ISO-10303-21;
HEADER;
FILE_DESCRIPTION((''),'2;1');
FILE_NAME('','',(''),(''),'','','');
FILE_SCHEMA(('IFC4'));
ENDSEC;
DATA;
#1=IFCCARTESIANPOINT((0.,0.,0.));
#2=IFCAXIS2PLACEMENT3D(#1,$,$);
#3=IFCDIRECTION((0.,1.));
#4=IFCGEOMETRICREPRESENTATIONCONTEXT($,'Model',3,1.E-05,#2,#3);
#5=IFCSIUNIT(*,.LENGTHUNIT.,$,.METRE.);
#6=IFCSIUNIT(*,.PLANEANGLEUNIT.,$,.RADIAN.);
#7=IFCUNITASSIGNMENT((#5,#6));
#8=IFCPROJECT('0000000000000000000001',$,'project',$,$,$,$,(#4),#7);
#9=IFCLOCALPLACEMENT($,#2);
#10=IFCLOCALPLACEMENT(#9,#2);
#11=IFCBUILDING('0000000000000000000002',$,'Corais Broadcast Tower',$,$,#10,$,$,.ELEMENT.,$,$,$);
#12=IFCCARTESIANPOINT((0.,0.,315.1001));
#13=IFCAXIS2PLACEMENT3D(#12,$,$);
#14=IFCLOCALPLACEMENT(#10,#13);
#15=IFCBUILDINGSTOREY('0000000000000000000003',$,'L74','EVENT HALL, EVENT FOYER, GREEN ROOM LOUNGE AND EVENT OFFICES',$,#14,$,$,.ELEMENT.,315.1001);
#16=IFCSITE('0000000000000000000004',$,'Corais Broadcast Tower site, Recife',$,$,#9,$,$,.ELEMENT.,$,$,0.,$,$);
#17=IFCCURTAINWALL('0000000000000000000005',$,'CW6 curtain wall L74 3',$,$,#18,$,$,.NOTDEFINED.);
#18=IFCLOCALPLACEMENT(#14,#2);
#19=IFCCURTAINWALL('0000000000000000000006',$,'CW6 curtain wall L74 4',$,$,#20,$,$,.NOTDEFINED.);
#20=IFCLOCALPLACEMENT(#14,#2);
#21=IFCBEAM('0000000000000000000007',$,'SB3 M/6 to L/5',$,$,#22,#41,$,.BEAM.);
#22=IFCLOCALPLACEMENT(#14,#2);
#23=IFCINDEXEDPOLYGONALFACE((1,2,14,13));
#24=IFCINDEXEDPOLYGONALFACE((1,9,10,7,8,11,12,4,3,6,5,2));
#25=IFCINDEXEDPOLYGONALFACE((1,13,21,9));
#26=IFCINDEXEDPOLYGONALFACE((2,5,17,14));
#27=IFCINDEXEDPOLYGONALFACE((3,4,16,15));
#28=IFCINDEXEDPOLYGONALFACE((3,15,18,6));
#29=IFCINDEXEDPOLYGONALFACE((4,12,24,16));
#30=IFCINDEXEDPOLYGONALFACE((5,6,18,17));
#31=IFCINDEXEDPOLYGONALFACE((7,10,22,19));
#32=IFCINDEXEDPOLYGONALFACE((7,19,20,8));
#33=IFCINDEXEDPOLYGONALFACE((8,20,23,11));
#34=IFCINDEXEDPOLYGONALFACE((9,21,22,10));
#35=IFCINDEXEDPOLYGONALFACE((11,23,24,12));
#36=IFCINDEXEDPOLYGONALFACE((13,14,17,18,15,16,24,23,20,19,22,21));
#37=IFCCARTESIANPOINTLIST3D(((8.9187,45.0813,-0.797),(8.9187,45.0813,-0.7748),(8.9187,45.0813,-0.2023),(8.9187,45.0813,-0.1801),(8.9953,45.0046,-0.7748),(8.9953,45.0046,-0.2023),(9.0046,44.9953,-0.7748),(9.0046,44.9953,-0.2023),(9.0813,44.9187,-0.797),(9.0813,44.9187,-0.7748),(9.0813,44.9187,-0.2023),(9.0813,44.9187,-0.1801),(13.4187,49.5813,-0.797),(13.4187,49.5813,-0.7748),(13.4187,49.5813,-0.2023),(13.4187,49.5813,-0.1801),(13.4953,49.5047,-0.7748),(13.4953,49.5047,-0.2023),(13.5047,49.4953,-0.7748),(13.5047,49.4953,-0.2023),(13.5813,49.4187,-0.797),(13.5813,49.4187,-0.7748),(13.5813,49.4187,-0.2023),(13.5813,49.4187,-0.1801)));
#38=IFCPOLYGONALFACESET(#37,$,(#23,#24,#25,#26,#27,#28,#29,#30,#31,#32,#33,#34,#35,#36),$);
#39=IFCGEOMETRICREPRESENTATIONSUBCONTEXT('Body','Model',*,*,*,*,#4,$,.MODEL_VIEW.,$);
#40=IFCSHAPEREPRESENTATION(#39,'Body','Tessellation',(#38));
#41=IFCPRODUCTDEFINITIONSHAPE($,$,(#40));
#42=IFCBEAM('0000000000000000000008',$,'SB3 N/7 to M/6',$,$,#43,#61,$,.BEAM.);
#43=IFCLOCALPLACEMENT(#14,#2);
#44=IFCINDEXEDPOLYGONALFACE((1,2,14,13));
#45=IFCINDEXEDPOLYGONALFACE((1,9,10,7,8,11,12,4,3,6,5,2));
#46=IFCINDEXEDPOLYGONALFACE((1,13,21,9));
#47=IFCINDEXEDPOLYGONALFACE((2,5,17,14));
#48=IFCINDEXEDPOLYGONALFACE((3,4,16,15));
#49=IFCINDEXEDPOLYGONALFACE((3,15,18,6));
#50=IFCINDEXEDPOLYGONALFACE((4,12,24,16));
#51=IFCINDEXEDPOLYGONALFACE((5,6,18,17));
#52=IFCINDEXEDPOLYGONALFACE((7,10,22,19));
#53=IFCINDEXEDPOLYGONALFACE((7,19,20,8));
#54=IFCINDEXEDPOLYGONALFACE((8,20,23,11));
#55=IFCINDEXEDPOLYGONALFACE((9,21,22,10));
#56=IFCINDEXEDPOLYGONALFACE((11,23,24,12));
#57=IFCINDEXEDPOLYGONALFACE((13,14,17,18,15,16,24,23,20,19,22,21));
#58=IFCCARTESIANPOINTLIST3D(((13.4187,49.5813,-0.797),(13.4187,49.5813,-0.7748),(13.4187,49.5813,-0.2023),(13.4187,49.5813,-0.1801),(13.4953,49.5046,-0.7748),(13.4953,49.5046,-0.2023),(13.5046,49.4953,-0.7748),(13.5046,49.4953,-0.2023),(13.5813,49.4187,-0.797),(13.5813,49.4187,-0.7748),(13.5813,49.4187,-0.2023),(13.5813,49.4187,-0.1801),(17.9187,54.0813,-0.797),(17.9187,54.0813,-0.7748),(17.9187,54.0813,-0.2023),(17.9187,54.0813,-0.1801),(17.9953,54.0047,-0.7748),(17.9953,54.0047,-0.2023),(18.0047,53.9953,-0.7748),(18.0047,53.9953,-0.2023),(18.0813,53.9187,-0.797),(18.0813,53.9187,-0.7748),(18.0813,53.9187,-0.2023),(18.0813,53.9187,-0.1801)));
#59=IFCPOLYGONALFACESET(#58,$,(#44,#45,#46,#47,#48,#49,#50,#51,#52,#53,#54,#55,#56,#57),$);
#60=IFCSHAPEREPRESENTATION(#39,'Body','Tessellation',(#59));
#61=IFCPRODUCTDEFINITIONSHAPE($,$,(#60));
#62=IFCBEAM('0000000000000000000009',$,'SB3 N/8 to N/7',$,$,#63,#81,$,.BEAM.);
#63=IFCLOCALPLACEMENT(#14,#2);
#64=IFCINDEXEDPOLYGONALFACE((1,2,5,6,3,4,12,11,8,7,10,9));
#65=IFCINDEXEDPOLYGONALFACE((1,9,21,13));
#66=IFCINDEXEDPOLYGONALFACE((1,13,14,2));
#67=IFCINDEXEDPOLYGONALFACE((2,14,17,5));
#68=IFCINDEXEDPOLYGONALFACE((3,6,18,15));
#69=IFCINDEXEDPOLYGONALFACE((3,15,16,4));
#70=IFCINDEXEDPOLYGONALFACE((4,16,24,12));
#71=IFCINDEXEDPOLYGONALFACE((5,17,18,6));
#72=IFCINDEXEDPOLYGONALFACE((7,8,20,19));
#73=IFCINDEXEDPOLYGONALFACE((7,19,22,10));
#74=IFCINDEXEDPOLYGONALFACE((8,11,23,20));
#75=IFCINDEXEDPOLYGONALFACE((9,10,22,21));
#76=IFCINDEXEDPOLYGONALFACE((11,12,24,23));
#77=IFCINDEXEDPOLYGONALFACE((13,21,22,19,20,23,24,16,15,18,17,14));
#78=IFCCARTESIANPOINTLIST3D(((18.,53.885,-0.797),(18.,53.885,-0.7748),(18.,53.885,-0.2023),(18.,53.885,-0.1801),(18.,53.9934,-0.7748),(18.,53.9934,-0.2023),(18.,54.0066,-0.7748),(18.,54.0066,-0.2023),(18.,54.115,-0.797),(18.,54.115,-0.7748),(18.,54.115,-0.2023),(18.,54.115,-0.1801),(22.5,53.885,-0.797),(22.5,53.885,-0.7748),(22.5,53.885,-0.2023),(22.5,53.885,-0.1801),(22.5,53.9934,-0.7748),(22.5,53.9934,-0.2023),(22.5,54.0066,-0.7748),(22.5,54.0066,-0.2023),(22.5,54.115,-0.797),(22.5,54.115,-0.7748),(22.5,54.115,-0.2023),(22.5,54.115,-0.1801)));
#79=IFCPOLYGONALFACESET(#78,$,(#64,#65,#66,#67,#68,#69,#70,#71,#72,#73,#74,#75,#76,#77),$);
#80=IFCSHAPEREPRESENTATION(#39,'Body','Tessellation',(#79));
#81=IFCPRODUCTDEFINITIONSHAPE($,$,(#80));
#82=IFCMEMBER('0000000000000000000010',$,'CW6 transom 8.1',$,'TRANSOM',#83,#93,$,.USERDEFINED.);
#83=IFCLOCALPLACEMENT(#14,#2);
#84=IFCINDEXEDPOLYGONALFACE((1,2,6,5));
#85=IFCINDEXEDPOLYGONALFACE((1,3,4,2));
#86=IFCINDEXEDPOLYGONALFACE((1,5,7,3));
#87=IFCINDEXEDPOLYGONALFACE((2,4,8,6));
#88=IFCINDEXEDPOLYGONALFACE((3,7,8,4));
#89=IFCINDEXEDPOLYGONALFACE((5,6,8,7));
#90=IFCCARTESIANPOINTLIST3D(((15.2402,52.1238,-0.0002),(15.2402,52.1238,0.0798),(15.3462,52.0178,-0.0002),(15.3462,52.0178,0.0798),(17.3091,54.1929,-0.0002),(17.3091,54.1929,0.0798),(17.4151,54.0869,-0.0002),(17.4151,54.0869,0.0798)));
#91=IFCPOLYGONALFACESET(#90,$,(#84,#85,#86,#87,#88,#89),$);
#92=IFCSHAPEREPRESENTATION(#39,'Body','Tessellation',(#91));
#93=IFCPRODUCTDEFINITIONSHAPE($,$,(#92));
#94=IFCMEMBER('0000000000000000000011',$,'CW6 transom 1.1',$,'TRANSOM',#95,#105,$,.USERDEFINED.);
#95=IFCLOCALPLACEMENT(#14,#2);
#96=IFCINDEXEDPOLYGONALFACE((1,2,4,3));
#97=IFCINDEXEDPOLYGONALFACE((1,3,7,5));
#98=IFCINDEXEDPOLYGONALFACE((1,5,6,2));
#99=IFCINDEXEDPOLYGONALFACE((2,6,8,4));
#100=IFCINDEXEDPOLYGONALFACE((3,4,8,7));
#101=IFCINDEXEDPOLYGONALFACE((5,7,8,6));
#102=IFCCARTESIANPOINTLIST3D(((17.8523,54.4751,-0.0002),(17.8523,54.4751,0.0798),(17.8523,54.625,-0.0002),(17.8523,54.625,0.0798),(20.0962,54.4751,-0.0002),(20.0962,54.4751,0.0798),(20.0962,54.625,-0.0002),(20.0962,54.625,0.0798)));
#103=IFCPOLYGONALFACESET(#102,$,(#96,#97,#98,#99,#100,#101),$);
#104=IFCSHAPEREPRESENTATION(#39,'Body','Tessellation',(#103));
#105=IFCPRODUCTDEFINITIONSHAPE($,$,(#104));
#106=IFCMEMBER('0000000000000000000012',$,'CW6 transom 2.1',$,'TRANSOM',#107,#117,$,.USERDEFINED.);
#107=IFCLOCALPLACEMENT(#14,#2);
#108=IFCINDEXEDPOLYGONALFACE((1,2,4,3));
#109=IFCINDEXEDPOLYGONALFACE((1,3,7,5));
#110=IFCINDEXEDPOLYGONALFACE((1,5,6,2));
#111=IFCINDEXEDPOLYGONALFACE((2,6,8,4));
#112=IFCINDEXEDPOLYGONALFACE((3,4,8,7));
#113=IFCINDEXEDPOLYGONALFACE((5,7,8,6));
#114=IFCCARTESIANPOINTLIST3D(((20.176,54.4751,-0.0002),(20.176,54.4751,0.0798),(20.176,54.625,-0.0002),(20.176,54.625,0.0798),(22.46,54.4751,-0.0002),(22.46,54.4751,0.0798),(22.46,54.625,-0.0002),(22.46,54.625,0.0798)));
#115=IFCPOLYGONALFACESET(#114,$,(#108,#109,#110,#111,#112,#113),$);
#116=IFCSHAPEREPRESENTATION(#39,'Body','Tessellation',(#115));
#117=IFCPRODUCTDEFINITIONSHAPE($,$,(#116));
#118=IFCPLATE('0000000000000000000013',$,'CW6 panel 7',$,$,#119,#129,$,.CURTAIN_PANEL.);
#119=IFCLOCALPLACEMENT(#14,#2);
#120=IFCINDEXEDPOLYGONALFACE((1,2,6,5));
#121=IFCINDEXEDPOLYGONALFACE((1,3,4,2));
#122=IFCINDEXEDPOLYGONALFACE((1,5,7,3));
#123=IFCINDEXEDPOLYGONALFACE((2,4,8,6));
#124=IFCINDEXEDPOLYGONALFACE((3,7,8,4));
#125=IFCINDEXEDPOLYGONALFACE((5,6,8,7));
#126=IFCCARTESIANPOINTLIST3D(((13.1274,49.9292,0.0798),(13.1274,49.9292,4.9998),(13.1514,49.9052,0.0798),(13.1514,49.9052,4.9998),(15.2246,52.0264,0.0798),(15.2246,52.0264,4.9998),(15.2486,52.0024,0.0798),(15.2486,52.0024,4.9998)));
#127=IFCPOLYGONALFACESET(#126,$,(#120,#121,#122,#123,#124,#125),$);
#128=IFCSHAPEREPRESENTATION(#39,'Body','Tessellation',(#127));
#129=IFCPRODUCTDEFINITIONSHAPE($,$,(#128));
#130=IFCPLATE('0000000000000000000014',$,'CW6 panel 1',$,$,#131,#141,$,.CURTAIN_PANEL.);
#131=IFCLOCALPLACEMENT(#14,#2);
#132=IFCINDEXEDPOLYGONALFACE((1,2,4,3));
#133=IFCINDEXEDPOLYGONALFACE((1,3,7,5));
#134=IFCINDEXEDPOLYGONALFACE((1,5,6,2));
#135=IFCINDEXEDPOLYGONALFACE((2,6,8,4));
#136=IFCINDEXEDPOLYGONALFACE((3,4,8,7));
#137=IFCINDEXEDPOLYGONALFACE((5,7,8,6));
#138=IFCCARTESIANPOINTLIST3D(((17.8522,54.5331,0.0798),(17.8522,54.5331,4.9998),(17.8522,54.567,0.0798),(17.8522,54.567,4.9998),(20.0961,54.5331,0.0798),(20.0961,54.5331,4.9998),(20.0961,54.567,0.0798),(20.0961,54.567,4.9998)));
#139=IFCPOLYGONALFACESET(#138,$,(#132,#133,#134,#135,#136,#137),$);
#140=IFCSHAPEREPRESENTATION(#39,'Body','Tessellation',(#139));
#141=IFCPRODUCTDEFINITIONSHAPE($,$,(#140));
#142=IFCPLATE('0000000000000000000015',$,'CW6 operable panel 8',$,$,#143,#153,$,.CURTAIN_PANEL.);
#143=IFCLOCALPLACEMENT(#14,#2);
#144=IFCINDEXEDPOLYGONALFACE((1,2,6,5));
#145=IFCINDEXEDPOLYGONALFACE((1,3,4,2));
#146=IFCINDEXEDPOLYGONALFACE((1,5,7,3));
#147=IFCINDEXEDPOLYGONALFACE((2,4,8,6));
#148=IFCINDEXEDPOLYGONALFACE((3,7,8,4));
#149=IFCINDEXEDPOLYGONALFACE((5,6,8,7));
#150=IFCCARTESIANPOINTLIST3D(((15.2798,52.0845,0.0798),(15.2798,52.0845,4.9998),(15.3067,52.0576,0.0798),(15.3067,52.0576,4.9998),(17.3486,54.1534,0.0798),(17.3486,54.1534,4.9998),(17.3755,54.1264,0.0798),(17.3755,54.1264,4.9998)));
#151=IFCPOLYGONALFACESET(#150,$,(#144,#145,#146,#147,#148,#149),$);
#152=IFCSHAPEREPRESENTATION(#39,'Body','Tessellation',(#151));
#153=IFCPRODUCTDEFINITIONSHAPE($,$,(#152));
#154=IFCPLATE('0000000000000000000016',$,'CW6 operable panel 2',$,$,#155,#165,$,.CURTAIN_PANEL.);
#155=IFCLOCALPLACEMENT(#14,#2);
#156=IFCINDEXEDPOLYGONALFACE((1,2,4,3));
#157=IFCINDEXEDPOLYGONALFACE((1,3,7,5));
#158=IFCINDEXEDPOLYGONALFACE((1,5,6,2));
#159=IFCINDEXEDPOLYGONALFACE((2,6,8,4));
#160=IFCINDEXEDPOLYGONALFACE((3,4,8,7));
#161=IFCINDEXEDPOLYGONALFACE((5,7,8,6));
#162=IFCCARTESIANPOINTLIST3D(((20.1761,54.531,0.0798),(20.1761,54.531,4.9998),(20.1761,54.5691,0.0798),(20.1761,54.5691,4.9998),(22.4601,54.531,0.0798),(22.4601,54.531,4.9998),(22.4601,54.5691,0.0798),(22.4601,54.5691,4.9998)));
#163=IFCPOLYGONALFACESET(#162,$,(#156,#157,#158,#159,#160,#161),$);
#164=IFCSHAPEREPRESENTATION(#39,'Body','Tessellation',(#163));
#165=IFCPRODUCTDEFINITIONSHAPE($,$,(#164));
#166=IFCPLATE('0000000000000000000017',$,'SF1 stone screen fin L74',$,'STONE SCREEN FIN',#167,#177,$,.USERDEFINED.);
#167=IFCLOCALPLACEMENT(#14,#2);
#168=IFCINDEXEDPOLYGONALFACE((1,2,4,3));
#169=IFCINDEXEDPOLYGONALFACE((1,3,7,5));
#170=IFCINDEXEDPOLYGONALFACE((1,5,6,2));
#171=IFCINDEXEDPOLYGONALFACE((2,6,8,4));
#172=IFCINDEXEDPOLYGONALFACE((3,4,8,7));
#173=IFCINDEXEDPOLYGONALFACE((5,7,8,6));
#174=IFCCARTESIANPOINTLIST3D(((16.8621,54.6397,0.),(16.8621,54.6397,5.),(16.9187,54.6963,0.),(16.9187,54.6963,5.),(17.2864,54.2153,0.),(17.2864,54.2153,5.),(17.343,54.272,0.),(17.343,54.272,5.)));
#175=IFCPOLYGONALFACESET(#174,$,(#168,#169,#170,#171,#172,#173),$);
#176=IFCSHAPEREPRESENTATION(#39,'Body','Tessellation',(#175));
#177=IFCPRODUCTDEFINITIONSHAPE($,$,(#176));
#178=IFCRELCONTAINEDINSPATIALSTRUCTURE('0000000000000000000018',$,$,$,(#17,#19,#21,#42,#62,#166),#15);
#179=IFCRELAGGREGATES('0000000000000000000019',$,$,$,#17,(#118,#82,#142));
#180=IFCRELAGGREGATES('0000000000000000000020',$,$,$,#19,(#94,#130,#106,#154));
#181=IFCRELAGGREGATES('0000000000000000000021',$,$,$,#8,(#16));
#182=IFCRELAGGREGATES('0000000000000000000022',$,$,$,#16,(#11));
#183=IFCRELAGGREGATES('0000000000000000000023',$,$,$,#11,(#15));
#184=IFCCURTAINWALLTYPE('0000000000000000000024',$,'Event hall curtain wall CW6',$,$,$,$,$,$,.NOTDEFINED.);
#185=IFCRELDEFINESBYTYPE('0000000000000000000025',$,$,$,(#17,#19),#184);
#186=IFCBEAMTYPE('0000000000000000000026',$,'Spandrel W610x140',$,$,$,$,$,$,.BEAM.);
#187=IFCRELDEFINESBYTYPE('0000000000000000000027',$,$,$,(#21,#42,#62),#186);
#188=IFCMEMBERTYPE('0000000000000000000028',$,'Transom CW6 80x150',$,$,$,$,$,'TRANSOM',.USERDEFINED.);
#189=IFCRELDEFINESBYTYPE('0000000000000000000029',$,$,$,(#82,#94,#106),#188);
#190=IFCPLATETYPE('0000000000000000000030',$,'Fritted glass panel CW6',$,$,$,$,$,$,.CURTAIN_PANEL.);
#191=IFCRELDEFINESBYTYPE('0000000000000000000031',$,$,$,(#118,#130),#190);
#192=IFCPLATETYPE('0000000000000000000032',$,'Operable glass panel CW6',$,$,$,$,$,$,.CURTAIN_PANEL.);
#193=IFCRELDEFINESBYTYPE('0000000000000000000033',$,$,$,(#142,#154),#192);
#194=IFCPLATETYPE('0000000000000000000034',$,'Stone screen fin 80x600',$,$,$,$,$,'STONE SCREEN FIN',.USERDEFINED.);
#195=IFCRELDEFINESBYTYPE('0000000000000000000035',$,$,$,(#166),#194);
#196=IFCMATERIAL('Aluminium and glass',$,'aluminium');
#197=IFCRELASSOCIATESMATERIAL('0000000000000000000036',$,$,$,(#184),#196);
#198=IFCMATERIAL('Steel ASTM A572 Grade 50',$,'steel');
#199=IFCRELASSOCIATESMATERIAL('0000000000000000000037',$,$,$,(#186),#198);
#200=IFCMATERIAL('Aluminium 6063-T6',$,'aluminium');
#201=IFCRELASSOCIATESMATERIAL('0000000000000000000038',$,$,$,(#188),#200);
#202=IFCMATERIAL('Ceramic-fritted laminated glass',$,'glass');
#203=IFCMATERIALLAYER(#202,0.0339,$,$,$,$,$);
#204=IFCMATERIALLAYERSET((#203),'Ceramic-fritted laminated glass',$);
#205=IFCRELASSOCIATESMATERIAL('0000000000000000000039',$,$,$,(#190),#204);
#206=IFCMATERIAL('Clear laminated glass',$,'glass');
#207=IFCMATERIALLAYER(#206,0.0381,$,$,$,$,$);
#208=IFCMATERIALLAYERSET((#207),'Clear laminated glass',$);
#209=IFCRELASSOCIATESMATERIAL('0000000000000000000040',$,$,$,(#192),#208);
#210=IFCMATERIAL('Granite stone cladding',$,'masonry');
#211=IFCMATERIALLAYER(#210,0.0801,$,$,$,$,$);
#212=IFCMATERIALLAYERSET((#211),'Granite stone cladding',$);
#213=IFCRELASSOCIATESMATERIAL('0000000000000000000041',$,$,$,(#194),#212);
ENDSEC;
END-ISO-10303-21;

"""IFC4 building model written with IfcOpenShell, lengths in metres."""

from ifc_helpers import new_model, si_unit, direction, frame, origin, origin_2d, place, context, subcontext, project, spatial, rectangle, i_section, extrude, material, layer, layer_set, material_profile, profile_set, type_object, element, aggregate, save


model = new_model("IFC4")

# Units and contexts
model_context = context("Model", 3, precision=1e-05, world=origin(), true_north=direction((0.0, 1.0)))
body_context = subcontext(model_context, "Body", "Model", "MODEL_VIEW")
ifc_project = project(units=[si_unit("LENGTHUNIT", "METRE"), si_unit("PLANEANGLEUNIT", "RADIAN")], contexts=[model_context])

# Site, building, storey
site_placement = place(None, origin())
site = spatial("IfcSite", under=ifc_project, at=site_placement, Name="Corais Broadcast Tower site, Recife", CompositionType="ELEMENT", RefElevation=0.0)
building_placement = place(site_placement, origin())
building = spatial("IfcBuilding", under=site, at=building_placement, Name="Corais Broadcast Tower", CompositionType="ELEMENT")
storey_placement = place(building_placement, frame((0.0, 0.0, 315.1001)))
storey = spatial("IfcBuildingStorey", under=building, at=storey_placement, Name="L74", Description="EVENT HALL, EVENT FOYER, GREEN ROOM LOUNGE AND EVENT OFFICES", CompositionType="ELEMENT", Elevation=315.1001)

# Curtain walls
ifc_material_1 = material(Name="Aluminium and glass", Category="aluminium")
curtain_wall_type = type_object("IfcCurtainWallType", Name="Event hall curtain wall CW6", PredefinedType="NOTDEFINED", material=ifc_material_1)
curtain_wall_1_placement = place(storey_placement, origin())
curtain_wall_1 = element("IfcCurtainWall", 1, at=curtain_wall_1_placement, inside=storey, type_object=curtain_wall_type, Name="CW6 curtain wall L74 3", PredefinedType="NOTDEFINED")
curtain_wall_2_placement = place(storey_placement, origin())
curtain_wall_2 = element("IfcCurtainWall", 2, at=curtain_wall_2_placement, inside=storey, type_object=curtain_wall_type, Name="CW6 curtain wall L74 4", PredefinedType="NOTDEFINED")

# Beams
ifc_material_2 = material(Name="Steel ASTM A572 Grade 50", Category="steel")
ifc_material_profile_1 = material_profile(ifc_material_2, i_section(OverallWidth=0.23, OverallDepth=0.6169, WebThickness=0.0132, FlangeThickness=0.0222, at=origin_2d()), Name="W610x140")
ifc_profile_set_1 = profile_set([ifc_material_profile_1], Name="Steel ASTM A572 Grade 50")
beam_type_1 = type_object("IfcBeamType", Name="Spandrel W610x140", PredefinedType="BEAM", material=ifc_profile_set_1)
for number, where, z_axis, x_axis, name in (
    (3, (13.5, 49.5, -0.4885), (-0.707107, -0.707107, 0.0), (0.707107, -0.707107, 0.0), "SB3 M/6 to L/5"),
    (4, (18.0, 54.0, -0.4885), (-0.707107, -0.707107, 0.0), (0.707107, -0.707107, 0.0), "SB3 N/7 to M/6"),
):
    element("IfcBeam", number, at=place(storey_placement, frame(where, z_axis=z_axis, x_axis=x_axis)), inside=storey, type_object=beam_type_1, Name=name, PredefinedType="BEAM", context=body_context, shape_type="SweptSolid", body=[
        extrude(i_section(OverallWidth=0.23, OverallDepth=0.6169, WebThickness=0.0132, FlangeThickness=0.0222, at=origin_2d()), origin(), (0.0, 0.0, 1.0), 6.364),
    ])
beam_1_placement = place(storey_placement, frame((22.5, 54.0, -0.4885), z_axis=(-1.0, 0.0, 0.0), x_axis=(0.0, -1.0, 0.0)))
element("IfcBeam", 5, at=beam_1_placement, inside=storey, type_object=beam_type_1, Name="SB3 N/8 to N/7", PredefinedType="BEAM", context=body_context, shape_type="SweptSolid", body=[
    extrude(i_section(OverallWidth=0.23, OverallDepth=0.6169, WebThickness=0.0132, FlangeThickness=0.0222, at=origin_2d()), origin(), (0.0, 0.0, 1.0), 4.5),
])

# Members
ifc_material_3 = material(Name="Aluminium 6063-T6", Category="aluminium")
ifc_material_profile_2 = material_profile(ifc_material_3, rectangle(XDim=0.1499, YDim=0.0801, at=origin_2d()), Name="Transom CW6 80x150")
ifc_profile_set_2 = profile_set([ifc_material_profile_2], Name="Aluminium 6063-T6")
member_type_1 = type_object("IfcMemberType", Name="Transom CW6 80x150", ElementType="TRANSOM", PredefinedType="USERDEFINED", material=ifc_profile_set_2)
member_1_placement = place(storey_placement, frame((15.2932, 52.0708, 0.0398), z_axis=(0.707065, 0.707148, 0.0), x_axis=(-0.707148, 0.707065, 0.0)))
member_1 = element("IfcMember", 6, at=member_1_placement, type_object=member_type_1, Name="CW6 transom 8.1", ObjectType="TRANSOM", PredefinedType="USERDEFINED", context=body_context, shape_type="SweptSolid", body=[
    extrude(rectangle(XDim=0.1499, YDim=0.0801, at=origin_2d()), origin(), (0.0, 0.0, 1.0), 2.926),
])
member_2_placement = place(storey_placement, frame((17.8523, 54.55, 0.0398), z_axis=(1.0, 0.0, 0.0), x_axis=(0.0, 1.0, 0.0)))
member_2 = element("IfcMember", 7, at=member_2_placement, type_object=member_type_1, Name="CW6 transom 1.1", ObjectType="TRANSOM", PredefinedType="USERDEFINED", context=body_context, shape_type="SweptSolid", body=[
    extrude(rectangle(XDim=0.1499, YDim=0.0801, at=origin_2d()), origin(), (0.0, 0.0, 1.0), 2.2439),
])
member_3_placement = place(storey_placement, frame((20.176, 54.55, 0.0398), z_axis=(1.0, 0.0, 0.0), x_axis=(0.0, 1.0, 0.0)))
member_3 = element("IfcMember", 8, at=member_3_placement, type_object=member_type_1, Name="CW6 transom 2.1", ObjectType="TRANSOM", PredefinedType="USERDEFINED", context=body_context, shape_type="SweptSolid", body=[
    extrude(rectangle(XDim=0.1499, YDim=0.0801, at=origin_2d()), origin(), (0.0, 0.0, 1.0), 2.2839),
])

# Plates
ifc_material_4 = material(Name="Ceramic-fritted laminated glass", Category="glass")
ifc_layer_1 = layer(ifc_material_4, 0.0339)
ifc_layer_set_1 = layer_set([ifc_layer_1], Name="Ceramic-fritted laminated glass")
plate_type_1 = type_object("IfcPlateType", Name="Fritted glass panel CW6", PredefinedType="CURTAIN_PANEL", material=ifc_layer_set_1)
plate_1_placement = place(storey_placement, frame((14.188, 50.9658, 0.0798), z_axis=(0.0, 0.0, 1.0), x_axis=(0.707107, 0.707107, 0.0)))
plate_1 = element("IfcPlate", 9, at=plate_1_placement, type_object=plate_type_1, Name="CW6 panel 7", PredefinedType="CURTAIN_PANEL", context=body_context, shape_type="SweptSolid", body=[
    extrude(rectangle(XDim=2.9658, YDim=0.0339, at=origin_2d()), origin(), (0.0, 0.0, 1.0), 4.9199),
])
plate_2_placement = place(storey_placement, frame((18.9741, 54.55, 0.0798), z_axis=(0.0, 0.0, 1.0), x_axis=(1.0, 0.0, 0.0)))
plate_2 = element("IfcPlate", 10, at=plate_2_placement, type_object=plate_type_1, Name="CW6 panel 1", PredefinedType="CURTAIN_PANEL", context=body_context, shape_type="SweptSolid", body=[
    extrude(rectangle(XDim=2.2439, YDim=0.0339, at=origin_2d()), origin(), (0.0, 0.0, 1.0), 4.9199),
])
ifc_material_5 = material(Name="Clear laminated glass", Category="glass")
ifc_layer_2 = layer(ifc_material_5, 0.0381)
ifc_layer_set_2 = layer_set([ifc_layer_2], Name="Clear laminated glass")
plate_type_2 = type_object("IfcPlateType", Name="Operable glass panel CW6", PredefinedType="CURTAIN_PANEL", material=ifc_layer_set_2)
plate_3_placement = place(storey_placement, frame((16.3276, 53.1055, 0.0798), z_axis=(0.0, 0.0, 1.0), x_axis=(0.707107, 0.707107, 0.0)))
plate_3 = element("IfcPlate", 11, at=plate_3_placement, type_object=plate_type_2, Name="CW6 operable panel 8", PredefinedType="CURTAIN_PANEL", context=body_context, shape_type="SweptSolid", body=[
    extrude(rectangle(XDim=2.9258, YDim=0.0381, at=origin_2d()), origin(), (0.0, 0.0, 1.0), 4.9199),
])
aggregate(curtain_wall_1, [plate_1, member_1, plate_3])
plate_4_placement = place(storey_placement, frame((21.3181, 54.55, 0.0798), z_axis=(0.0, 0.0, 1.0), x_axis=(1.0, 0.0, 0.0)))
plate_4 = element("IfcPlate", 12, at=plate_4_placement, type_object=plate_type_2, Name="CW6 operable panel 2", PredefinedType="CURTAIN_PANEL", context=body_context, shape_type="SweptSolid", body=[
    extrude(rectangle(XDim=2.2839, YDim=0.0381, at=origin_2d()), origin(), (0.0, 0.0, 1.0), 4.9199),
])
aggregate(curtain_wall_2, [member_2, plate_2, member_3, plate_4])
ifc_material_6 = material(Name="Granite stone cladding", Category="masonry")
ifc_layer_3 = layer(ifc_material_6, 0.0801)
ifc_layer_set_3 = layer_set([ifc_layer_3], Name="Granite stone cladding")
plate_type_3 = type_object("IfcPlateType", Name="Stone screen fin 80x600", ElementType="STONE SCREEN FIN", PredefinedType="USERDEFINED", material=ifc_layer_set_3)
plate_5_placement = place(storey_placement, frame((17.1025, 54.4558, 0.0), z_axis=(0.0, 0.0, 1.0), x_axis=(0.707107, 0.707107, 0.0)))
element("IfcPlate", 13, at=plate_5_placement, inside=storey, type_object=plate_type_3, Name="SF1 stone screen fin L74", ObjectType="STONE SCREEN FIN", PredefinedType="USERDEFINED", context=body_context, shape_type="SweptSolid", body=[
    extrude(rectangle(XDim=0.0801, YDim=0.6001, at=origin_2d()), origin(), (0.0, 0.0, 1.0), 5.0),
])

save(model, "model.ifc")
